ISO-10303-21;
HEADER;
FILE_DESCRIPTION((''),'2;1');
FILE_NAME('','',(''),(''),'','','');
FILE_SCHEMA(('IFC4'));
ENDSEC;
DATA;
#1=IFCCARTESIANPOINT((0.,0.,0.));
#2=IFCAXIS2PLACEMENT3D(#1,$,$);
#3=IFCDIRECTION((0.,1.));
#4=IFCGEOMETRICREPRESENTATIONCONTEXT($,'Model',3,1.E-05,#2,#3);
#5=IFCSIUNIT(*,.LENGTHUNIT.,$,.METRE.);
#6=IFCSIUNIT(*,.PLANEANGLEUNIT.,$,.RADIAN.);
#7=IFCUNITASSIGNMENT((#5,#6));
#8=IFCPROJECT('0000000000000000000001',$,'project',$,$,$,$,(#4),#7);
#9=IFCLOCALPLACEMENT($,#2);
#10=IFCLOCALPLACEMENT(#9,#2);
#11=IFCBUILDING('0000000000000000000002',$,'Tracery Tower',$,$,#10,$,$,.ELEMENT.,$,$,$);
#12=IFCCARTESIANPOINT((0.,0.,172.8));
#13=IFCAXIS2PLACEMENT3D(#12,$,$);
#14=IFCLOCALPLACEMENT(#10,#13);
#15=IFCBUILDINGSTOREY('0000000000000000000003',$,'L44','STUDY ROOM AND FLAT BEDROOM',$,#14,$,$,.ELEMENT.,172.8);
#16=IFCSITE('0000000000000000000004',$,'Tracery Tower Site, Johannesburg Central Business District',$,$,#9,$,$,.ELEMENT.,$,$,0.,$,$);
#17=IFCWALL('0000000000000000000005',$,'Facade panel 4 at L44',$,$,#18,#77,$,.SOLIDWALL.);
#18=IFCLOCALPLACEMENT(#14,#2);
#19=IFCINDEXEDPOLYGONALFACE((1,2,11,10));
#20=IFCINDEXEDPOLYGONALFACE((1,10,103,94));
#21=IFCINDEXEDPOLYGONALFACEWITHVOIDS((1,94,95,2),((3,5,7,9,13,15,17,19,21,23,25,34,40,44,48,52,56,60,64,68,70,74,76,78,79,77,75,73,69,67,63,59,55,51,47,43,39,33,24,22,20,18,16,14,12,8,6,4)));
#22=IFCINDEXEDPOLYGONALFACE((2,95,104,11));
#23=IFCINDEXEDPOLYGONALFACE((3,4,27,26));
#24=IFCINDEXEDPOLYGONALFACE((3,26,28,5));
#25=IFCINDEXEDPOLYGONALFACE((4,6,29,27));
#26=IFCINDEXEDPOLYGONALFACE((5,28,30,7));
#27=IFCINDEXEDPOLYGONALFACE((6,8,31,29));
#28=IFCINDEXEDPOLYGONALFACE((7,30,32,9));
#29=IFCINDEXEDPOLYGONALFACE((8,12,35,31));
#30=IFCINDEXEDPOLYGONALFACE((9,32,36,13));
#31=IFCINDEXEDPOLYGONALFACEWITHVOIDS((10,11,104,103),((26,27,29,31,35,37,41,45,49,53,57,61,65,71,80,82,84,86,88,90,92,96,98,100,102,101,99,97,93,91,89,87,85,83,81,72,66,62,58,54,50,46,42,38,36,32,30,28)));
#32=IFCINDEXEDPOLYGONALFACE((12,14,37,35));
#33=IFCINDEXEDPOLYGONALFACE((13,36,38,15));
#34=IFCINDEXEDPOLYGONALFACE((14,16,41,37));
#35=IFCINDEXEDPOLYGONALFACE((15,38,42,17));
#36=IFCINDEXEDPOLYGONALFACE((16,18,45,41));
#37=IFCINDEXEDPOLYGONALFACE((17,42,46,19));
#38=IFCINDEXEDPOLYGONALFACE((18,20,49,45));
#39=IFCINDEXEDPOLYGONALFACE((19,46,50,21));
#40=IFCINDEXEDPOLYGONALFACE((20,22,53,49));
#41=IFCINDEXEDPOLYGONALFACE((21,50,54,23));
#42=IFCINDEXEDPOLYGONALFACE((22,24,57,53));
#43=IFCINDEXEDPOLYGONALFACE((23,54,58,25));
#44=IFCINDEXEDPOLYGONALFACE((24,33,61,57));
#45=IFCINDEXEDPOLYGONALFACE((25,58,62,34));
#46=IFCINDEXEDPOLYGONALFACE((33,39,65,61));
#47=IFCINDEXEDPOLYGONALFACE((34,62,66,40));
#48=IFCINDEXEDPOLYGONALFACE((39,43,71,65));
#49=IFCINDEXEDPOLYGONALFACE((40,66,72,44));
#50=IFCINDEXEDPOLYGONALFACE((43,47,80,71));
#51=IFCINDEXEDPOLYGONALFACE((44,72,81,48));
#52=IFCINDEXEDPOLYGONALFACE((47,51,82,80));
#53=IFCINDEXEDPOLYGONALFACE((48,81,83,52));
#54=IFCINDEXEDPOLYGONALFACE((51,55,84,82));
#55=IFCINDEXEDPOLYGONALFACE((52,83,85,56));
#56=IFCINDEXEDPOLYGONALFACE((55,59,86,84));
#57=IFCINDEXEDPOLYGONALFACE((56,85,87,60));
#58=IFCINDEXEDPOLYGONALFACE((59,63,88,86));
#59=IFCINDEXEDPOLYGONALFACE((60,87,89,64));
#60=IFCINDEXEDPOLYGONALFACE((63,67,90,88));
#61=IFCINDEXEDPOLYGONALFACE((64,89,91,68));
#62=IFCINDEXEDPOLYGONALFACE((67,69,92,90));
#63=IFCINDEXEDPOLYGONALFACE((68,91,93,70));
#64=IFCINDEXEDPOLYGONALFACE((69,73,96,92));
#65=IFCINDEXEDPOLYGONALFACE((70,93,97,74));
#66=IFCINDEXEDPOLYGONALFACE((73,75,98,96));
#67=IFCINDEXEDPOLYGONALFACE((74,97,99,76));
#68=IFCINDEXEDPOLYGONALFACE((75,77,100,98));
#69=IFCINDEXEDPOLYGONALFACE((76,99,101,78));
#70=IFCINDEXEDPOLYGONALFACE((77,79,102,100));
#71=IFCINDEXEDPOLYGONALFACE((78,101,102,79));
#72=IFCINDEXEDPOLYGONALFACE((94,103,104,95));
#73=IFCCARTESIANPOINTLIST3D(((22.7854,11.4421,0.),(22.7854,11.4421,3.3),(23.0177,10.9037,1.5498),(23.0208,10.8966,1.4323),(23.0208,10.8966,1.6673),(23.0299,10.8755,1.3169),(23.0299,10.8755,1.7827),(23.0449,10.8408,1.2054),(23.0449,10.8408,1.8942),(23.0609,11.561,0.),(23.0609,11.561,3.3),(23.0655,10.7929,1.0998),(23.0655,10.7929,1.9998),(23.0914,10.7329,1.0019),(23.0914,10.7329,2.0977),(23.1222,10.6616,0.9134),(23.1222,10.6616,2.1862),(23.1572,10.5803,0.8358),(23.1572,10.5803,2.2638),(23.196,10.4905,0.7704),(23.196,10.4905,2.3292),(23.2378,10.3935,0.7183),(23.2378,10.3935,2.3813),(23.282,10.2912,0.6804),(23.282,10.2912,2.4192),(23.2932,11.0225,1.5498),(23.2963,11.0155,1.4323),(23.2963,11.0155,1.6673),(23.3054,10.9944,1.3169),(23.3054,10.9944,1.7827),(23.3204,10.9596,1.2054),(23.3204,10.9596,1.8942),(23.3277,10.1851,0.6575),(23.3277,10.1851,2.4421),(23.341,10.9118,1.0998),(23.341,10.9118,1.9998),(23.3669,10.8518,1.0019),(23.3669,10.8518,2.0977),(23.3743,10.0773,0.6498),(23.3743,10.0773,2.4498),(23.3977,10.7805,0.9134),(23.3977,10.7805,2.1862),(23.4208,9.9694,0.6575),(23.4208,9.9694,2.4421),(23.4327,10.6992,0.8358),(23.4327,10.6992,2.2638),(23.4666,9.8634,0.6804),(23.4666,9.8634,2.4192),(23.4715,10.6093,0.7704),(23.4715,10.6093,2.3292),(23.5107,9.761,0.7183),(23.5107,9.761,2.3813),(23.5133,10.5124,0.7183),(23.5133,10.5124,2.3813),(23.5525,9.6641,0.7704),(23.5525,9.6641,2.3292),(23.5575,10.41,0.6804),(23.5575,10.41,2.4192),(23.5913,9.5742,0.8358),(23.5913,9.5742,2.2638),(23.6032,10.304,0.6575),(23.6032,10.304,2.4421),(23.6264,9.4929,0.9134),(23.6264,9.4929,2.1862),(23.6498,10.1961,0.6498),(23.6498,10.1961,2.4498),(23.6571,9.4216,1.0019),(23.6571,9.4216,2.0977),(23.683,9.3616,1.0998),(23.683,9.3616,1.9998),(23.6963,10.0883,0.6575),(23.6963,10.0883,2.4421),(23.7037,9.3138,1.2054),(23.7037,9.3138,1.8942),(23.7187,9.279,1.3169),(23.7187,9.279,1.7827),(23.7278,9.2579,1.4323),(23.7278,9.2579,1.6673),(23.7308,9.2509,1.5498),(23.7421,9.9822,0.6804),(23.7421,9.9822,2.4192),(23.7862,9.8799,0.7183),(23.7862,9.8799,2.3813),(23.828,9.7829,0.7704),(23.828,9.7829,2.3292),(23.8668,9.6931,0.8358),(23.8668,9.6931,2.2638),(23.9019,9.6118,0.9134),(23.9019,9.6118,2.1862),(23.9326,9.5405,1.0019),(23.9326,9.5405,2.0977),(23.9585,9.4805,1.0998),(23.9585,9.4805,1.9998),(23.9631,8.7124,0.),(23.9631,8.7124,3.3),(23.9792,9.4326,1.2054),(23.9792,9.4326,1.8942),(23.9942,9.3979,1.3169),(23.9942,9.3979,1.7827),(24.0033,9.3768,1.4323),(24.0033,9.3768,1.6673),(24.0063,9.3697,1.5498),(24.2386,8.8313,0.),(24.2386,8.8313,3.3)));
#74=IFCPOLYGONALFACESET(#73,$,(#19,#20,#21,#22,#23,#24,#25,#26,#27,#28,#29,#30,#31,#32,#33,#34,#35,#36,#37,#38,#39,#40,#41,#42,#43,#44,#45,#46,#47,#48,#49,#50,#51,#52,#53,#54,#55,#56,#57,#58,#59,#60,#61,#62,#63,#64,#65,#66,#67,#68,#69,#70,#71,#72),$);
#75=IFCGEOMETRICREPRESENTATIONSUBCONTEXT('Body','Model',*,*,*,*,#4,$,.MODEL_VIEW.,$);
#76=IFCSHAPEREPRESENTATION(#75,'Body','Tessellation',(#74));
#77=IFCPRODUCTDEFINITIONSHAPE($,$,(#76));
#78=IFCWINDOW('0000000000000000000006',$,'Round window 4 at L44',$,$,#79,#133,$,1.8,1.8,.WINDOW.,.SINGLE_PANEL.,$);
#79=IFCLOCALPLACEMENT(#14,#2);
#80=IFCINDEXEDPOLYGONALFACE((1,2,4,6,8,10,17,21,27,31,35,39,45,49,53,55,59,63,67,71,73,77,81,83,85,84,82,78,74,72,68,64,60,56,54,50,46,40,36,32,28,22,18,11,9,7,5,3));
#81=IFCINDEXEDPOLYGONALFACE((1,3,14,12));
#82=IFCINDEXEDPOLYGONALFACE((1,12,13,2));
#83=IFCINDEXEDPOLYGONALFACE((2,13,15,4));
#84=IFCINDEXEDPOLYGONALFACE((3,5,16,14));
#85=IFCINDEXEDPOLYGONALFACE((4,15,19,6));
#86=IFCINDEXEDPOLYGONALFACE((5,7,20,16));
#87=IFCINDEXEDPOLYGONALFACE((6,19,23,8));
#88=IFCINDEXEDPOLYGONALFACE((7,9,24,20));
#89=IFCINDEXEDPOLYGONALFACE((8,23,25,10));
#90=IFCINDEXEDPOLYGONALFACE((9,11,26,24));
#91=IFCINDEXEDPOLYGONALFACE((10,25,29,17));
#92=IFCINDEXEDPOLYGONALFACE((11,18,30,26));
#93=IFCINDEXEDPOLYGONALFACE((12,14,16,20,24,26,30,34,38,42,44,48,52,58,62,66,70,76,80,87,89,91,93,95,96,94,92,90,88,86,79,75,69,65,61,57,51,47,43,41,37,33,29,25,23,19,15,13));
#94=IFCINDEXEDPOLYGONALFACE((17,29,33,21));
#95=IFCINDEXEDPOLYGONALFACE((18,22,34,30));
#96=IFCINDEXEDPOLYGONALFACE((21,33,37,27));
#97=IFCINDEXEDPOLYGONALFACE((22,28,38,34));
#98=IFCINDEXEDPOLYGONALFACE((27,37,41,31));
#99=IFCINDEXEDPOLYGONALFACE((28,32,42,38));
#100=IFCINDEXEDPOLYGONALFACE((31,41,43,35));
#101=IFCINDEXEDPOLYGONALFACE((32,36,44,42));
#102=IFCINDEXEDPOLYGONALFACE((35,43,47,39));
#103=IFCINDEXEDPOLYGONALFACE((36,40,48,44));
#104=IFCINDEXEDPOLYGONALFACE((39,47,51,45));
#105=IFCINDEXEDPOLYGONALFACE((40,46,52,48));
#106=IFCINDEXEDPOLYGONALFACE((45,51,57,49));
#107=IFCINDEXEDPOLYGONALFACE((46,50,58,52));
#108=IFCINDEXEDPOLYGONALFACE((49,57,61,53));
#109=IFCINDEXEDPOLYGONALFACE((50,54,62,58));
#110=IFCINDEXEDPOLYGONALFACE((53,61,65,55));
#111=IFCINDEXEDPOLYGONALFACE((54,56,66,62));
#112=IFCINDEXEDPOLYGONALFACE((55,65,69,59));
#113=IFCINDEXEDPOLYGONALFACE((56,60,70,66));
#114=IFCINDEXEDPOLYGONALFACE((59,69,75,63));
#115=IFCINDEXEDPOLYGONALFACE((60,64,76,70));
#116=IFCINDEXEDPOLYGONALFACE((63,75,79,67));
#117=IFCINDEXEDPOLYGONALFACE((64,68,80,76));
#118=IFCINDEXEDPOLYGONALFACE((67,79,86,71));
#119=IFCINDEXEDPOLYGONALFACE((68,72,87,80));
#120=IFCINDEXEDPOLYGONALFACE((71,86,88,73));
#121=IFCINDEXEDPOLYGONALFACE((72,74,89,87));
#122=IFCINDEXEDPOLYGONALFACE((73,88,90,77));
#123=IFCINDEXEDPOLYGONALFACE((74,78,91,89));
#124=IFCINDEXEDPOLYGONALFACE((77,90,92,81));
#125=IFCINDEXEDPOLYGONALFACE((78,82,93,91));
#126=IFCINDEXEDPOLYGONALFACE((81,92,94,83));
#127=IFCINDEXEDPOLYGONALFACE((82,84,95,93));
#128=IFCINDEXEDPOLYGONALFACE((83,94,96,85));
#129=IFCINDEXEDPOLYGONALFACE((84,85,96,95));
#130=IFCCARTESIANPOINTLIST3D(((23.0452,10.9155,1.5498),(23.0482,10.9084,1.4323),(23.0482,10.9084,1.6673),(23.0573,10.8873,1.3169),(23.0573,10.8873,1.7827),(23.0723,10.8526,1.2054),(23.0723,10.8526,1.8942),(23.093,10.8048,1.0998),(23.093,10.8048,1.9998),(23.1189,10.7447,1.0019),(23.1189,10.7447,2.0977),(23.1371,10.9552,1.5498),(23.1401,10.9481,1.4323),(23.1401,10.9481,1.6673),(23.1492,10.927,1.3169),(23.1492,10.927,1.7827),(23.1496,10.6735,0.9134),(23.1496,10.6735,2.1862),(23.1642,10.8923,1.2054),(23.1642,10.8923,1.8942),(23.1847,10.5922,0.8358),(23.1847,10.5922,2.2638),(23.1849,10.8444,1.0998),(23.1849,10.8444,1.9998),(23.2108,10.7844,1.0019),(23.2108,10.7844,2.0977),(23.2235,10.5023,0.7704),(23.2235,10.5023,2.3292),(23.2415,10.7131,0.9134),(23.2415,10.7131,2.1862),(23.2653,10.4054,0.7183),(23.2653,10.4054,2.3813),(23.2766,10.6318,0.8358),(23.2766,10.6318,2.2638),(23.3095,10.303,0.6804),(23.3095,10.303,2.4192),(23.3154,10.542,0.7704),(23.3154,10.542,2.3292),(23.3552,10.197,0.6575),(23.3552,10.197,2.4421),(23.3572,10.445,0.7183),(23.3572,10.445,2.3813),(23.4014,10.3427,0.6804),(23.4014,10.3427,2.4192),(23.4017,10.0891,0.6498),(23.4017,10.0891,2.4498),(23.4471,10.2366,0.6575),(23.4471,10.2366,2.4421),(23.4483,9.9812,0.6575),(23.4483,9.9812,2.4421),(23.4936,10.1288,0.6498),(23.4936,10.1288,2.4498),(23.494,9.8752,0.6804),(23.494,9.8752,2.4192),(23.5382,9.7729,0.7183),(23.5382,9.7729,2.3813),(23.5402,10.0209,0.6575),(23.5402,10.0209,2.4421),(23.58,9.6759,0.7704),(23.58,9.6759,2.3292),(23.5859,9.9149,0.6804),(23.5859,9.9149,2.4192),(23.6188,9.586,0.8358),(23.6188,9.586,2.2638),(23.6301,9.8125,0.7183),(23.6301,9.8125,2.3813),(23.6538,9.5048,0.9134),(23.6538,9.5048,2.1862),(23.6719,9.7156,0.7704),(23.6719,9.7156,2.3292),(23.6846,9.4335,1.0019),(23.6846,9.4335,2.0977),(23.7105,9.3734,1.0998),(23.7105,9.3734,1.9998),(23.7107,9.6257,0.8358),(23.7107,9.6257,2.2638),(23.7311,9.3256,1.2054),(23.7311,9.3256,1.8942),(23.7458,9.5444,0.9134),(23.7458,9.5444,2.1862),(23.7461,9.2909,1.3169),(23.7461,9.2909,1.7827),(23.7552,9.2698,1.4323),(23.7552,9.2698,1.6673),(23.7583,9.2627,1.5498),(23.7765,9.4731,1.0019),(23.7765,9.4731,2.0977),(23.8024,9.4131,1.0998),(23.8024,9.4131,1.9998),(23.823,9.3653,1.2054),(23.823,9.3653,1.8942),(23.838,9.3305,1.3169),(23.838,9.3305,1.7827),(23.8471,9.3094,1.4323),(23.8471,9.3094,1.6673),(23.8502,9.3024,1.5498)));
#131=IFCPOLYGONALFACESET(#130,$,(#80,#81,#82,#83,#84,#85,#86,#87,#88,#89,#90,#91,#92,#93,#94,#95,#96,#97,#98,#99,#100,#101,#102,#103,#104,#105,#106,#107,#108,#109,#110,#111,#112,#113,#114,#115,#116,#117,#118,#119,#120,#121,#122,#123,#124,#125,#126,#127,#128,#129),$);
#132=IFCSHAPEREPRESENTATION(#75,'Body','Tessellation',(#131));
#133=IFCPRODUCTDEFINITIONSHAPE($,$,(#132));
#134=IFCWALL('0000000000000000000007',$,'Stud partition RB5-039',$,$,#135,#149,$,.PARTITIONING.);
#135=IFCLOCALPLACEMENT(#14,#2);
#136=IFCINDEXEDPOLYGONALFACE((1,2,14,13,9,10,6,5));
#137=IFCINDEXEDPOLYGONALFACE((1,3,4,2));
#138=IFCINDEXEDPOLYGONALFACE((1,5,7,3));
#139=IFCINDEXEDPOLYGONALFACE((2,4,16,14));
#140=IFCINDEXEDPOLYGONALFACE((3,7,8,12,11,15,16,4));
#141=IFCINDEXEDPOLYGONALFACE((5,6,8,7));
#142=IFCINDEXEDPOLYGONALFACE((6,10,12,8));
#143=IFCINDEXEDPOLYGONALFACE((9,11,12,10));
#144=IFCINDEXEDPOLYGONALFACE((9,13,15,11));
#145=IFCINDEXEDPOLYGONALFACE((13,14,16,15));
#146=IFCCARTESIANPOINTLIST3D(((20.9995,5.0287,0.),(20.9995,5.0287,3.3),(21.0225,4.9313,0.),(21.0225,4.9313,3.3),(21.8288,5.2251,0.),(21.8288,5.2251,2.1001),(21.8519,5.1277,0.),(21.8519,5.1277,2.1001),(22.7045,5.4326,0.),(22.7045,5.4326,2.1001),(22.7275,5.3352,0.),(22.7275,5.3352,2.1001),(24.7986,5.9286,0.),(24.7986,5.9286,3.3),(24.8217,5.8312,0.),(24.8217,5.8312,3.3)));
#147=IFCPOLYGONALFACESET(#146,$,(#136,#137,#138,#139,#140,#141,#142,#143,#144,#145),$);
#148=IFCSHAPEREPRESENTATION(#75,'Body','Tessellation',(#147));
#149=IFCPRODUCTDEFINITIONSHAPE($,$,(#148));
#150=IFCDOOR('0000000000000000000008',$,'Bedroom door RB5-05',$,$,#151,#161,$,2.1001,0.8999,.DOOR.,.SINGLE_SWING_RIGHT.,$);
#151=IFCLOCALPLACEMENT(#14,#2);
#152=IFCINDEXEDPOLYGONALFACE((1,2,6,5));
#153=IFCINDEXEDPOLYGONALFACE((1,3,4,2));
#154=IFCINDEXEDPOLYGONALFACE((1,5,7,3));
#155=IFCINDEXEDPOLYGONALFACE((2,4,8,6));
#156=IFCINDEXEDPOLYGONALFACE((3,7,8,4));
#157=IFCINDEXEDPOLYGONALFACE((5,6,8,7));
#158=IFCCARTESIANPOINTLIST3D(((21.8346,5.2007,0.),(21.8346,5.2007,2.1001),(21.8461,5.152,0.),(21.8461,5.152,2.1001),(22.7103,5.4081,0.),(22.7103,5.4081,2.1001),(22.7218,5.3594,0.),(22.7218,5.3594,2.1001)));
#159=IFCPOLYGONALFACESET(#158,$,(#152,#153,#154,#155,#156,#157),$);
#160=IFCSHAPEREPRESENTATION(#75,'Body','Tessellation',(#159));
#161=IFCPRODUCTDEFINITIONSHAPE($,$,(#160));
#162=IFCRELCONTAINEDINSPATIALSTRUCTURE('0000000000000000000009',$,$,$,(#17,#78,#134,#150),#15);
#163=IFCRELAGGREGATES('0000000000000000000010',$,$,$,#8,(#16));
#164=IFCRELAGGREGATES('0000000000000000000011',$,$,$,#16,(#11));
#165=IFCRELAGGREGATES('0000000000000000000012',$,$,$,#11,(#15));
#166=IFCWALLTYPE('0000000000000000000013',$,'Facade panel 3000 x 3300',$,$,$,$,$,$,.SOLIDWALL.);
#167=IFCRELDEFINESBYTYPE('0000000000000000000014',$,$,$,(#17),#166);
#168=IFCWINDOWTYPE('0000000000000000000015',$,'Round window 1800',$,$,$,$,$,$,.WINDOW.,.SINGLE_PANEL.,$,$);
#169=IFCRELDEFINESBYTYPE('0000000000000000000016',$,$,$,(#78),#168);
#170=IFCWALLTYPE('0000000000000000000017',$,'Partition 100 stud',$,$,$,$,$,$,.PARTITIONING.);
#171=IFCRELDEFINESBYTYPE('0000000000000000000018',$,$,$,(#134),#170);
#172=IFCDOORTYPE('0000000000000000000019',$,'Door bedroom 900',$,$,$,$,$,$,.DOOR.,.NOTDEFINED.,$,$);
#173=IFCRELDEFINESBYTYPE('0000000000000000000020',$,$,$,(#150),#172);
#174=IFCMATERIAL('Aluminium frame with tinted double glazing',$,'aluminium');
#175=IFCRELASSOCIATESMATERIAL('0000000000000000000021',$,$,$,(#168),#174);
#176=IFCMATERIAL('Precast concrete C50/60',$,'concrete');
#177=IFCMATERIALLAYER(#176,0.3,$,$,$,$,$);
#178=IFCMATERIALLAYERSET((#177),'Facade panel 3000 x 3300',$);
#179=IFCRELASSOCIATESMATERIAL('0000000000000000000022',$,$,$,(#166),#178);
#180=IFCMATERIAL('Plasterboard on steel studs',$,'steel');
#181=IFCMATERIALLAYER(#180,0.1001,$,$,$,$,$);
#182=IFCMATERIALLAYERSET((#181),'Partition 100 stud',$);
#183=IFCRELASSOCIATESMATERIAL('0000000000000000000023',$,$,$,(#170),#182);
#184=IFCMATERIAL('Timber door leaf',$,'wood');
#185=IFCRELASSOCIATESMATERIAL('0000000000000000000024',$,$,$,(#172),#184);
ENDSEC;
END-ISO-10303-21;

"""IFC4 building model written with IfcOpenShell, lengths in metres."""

from ifc_helpers import new_model, si_unit, direction, frame, frame_2d, origin, origin_2d, place, context, subcontext, project, spatial, rectangle, circle, extrude, material, layer, layer_set, type_object, element, fill, save


model = new_model("IFC4")

# Units and contexts
model_context = context("Model", 3, precision=1e-05, world=origin(), true_north=direction((0.0, 1.0)))
body_context = subcontext(model_context, "Body", "Model", "MODEL_VIEW")
ifc_project = project(units=[si_unit("LENGTHUNIT", "METRE"), si_unit("PLANEANGLEUNIT", "RADIAN")], contexts=[model_context])

# Site, building, storey
site_placement = place(None, origin())
site = spatial("IfcSite", under=ifc_project, at=site_placement, Name="Tracery Tower Site, Johannesburg Central Business District", CompositionType="ELEMENT", RefElevation=0.0)
building_placement = place(site_placement, origin())
building = spatial("IfcBuilding", under=site, at=building_placement, Name="Tracery Tower", CompositionType="ELEMENT")
storey_placement = place(building_placement, frame((0.0, 0.0, 172.8)))
storey = spatial("IfcBuildingStorey", under=building, at=storey_placement, Name="L44", Description="STUDY ROOM AND FLAT BEDROOM", CompositionType="ELEMENT", Elevation=172.8)

# Wall, opening, window
ifc_material_1 = material(Name="Aluminium frame with tinted double glazing", Category="aluminium")
window_type = type_object("IfcWindowType", Name="Round window 1800", PartitioningType="SINGLE_PANEL", PredefinedType="WINDOW", material=ifc_material_1)
ifc_material_2 = material(Name="Precast concrete C50/60", Category="concrete")
ifc_layer_1 = layer(ifc_material_2, 0.3)
ifc_layer_set_1 = layer_set([ifc_layer_1], Name="Facade panel 3000 x 3300")
wall_type_1 = type_object("IfcWallType", Name="Facade panel 3000 x 3300", PredefinedType="SOLIDWALL", material=ifc_layer_set_1)
wall_1_placement = place(storey_placement, frame((24.1008, 8.772, 0.0), z_axis=(0.0, 0.0, 1.0), x_axis=(-0.396148, 0.918187, 0.0)))
wall_1 = element("IfcWall", 1, at=wall_1_placement, inside=storey, type_object=wall_type_1, Name="Facade panel 4 at L44", PredefinedType="SOLIDWALL", context=body_context, shape_type="SweptSolid", body=[
    extrude(rectangle(XDim=2.9729, YDim=0.3, at=frame_2d((1.4863, 0.0))), origin(), (0.0, 0.0, 1.0), 3.3),
])
opening_1_placement = place(wall_1_placement, frame((1.4863, 0.0, 1.5498)))
opening_1 = element("IfcOpeningElement", 2, at=opening_1_placement, cuts=wall_1, PredefinedType="OPENING", context=body_context, shape_type="SweptSolid", body=[
    extrude(circle(Radius=0.9, at=origin_2d()), frame((0.0, 0.1599, 0.0), z_axis=(0.0, -1.0, 0.0), x_axis=(1.0, 0.0, 0.0)), (0.0, 0.0, 1.0), 0.3201),
])
window_1_placement = place(opening_1_placement, origin())
window_1 = element("IfcWindow", 3, at=window_1_placement, inside=storey, type_object=window_type, Name="Round window 4 at L44", OverallHeight=1.8, OverallWidth=1.8, PartitioningType="SINGLE_PANEL", PredefinedType="WINDOW", context=body_context, shape_type="SweptSolid", body=[
    extrude(circle(Radius=0.9, at=origin_2d()), frame((0.0, 0.1201, 0.0), z_axis=(0.0, -1.0, 0.0), x_axis=(1.0, 0.0, 0.0)), (0.0, 0.0, 1.0), 0.1001),
])
fill(opening_1, window_1)

# Wall, opening, door
ifc_material_3 = material(Name="Plasterboard on steel studs", Category="steel")
ifc_layer_2 = layer(ifc_material_3, 0.1001)
ifc_layer_set_2 = layer_set([ifc_layer_2], Name="Partition 100 stud")
wall_type_2 = type_object("IfcWallType", Name="Partition 100 stud", PredefinedType="PARTITIONING", material=ifc_layer_set_2)
wall_2_placement = place(storey_placement, frame((21.011, 4.98, 0.0), z_axis=(0.0, 0.0, 1.0), x_axis=(0.973073, 0.230496, 0.0)))
wall_2 = element("IfcWall", 4, at=wall_2_placement, inside=storey, type_object=wall_type_2, Name="Stud partition RB5-039", PredefinedType="PARTITIONING", context=body_context, shape_type="SweptSolid", body=[
    extrude(rectangle(XDim=3.9043, YDim=0.1001, at=frame_2d((1.9521, 0.0))), origin(), (0.0, 0.0, 1.0), 3.3),
])
opening_2_placement = place(wall_2_placement, frame((0.8523, 0.0, 0.0)))
opening_2 = element("IfcOpeningElement", 5, at=opening_2_placement, cuts=wall_2, PredefinedType="OPENING", context=body_context, shape_type="SweptSolid", body=[
    extrude(rectangle(XDim=0.8999, YDim=2.1001, at=frame_2d((0.45, 1.05))), frame((0.0, 0.05, 0.0), z_axis=(0.0, -1.0, 0.0), x_axis=(1.0, 0.0, 0.0)), (0.0, 0.0, 1.0), 0.1001),
])
ifc_material_4 = material(Name="Timber door leaf", Category="wood")
door_type_1 = type_object("IfcDoorType", Name="Door bedroom 900", OperationType="NOTDEFINED", PredefinedType="DOOR", material=ifc_material_4)
door_1_placement = place(opening_2_placement, origin())
door_1 = element("IfcDoor", 6, at=door_1_placement, inside=storey, type_object=door_type_1, Name="Bedroom door RB5-05", OperationType="SINGLE_SWING_RIGHT", OverallHeight=2.1001, OverallWidth=0.8999, PredefinedType="DOOR", context=body_context, shape_type="SweptSolid", body=[
    extrude(rectangle(XDim=0.8999, YDim=2.1001, at=frame_2d((0.45, 1.05))), frame((0.0, 0.0249, 0.0), z_axis=(0.0, -1.0, 0.0), x_axis=(1.0, 0.0, 0.0)), (0.0, 0.0, 1.0), 0.05),
])
fill(opening_2, door_1)

save(model, "model.ifc")
